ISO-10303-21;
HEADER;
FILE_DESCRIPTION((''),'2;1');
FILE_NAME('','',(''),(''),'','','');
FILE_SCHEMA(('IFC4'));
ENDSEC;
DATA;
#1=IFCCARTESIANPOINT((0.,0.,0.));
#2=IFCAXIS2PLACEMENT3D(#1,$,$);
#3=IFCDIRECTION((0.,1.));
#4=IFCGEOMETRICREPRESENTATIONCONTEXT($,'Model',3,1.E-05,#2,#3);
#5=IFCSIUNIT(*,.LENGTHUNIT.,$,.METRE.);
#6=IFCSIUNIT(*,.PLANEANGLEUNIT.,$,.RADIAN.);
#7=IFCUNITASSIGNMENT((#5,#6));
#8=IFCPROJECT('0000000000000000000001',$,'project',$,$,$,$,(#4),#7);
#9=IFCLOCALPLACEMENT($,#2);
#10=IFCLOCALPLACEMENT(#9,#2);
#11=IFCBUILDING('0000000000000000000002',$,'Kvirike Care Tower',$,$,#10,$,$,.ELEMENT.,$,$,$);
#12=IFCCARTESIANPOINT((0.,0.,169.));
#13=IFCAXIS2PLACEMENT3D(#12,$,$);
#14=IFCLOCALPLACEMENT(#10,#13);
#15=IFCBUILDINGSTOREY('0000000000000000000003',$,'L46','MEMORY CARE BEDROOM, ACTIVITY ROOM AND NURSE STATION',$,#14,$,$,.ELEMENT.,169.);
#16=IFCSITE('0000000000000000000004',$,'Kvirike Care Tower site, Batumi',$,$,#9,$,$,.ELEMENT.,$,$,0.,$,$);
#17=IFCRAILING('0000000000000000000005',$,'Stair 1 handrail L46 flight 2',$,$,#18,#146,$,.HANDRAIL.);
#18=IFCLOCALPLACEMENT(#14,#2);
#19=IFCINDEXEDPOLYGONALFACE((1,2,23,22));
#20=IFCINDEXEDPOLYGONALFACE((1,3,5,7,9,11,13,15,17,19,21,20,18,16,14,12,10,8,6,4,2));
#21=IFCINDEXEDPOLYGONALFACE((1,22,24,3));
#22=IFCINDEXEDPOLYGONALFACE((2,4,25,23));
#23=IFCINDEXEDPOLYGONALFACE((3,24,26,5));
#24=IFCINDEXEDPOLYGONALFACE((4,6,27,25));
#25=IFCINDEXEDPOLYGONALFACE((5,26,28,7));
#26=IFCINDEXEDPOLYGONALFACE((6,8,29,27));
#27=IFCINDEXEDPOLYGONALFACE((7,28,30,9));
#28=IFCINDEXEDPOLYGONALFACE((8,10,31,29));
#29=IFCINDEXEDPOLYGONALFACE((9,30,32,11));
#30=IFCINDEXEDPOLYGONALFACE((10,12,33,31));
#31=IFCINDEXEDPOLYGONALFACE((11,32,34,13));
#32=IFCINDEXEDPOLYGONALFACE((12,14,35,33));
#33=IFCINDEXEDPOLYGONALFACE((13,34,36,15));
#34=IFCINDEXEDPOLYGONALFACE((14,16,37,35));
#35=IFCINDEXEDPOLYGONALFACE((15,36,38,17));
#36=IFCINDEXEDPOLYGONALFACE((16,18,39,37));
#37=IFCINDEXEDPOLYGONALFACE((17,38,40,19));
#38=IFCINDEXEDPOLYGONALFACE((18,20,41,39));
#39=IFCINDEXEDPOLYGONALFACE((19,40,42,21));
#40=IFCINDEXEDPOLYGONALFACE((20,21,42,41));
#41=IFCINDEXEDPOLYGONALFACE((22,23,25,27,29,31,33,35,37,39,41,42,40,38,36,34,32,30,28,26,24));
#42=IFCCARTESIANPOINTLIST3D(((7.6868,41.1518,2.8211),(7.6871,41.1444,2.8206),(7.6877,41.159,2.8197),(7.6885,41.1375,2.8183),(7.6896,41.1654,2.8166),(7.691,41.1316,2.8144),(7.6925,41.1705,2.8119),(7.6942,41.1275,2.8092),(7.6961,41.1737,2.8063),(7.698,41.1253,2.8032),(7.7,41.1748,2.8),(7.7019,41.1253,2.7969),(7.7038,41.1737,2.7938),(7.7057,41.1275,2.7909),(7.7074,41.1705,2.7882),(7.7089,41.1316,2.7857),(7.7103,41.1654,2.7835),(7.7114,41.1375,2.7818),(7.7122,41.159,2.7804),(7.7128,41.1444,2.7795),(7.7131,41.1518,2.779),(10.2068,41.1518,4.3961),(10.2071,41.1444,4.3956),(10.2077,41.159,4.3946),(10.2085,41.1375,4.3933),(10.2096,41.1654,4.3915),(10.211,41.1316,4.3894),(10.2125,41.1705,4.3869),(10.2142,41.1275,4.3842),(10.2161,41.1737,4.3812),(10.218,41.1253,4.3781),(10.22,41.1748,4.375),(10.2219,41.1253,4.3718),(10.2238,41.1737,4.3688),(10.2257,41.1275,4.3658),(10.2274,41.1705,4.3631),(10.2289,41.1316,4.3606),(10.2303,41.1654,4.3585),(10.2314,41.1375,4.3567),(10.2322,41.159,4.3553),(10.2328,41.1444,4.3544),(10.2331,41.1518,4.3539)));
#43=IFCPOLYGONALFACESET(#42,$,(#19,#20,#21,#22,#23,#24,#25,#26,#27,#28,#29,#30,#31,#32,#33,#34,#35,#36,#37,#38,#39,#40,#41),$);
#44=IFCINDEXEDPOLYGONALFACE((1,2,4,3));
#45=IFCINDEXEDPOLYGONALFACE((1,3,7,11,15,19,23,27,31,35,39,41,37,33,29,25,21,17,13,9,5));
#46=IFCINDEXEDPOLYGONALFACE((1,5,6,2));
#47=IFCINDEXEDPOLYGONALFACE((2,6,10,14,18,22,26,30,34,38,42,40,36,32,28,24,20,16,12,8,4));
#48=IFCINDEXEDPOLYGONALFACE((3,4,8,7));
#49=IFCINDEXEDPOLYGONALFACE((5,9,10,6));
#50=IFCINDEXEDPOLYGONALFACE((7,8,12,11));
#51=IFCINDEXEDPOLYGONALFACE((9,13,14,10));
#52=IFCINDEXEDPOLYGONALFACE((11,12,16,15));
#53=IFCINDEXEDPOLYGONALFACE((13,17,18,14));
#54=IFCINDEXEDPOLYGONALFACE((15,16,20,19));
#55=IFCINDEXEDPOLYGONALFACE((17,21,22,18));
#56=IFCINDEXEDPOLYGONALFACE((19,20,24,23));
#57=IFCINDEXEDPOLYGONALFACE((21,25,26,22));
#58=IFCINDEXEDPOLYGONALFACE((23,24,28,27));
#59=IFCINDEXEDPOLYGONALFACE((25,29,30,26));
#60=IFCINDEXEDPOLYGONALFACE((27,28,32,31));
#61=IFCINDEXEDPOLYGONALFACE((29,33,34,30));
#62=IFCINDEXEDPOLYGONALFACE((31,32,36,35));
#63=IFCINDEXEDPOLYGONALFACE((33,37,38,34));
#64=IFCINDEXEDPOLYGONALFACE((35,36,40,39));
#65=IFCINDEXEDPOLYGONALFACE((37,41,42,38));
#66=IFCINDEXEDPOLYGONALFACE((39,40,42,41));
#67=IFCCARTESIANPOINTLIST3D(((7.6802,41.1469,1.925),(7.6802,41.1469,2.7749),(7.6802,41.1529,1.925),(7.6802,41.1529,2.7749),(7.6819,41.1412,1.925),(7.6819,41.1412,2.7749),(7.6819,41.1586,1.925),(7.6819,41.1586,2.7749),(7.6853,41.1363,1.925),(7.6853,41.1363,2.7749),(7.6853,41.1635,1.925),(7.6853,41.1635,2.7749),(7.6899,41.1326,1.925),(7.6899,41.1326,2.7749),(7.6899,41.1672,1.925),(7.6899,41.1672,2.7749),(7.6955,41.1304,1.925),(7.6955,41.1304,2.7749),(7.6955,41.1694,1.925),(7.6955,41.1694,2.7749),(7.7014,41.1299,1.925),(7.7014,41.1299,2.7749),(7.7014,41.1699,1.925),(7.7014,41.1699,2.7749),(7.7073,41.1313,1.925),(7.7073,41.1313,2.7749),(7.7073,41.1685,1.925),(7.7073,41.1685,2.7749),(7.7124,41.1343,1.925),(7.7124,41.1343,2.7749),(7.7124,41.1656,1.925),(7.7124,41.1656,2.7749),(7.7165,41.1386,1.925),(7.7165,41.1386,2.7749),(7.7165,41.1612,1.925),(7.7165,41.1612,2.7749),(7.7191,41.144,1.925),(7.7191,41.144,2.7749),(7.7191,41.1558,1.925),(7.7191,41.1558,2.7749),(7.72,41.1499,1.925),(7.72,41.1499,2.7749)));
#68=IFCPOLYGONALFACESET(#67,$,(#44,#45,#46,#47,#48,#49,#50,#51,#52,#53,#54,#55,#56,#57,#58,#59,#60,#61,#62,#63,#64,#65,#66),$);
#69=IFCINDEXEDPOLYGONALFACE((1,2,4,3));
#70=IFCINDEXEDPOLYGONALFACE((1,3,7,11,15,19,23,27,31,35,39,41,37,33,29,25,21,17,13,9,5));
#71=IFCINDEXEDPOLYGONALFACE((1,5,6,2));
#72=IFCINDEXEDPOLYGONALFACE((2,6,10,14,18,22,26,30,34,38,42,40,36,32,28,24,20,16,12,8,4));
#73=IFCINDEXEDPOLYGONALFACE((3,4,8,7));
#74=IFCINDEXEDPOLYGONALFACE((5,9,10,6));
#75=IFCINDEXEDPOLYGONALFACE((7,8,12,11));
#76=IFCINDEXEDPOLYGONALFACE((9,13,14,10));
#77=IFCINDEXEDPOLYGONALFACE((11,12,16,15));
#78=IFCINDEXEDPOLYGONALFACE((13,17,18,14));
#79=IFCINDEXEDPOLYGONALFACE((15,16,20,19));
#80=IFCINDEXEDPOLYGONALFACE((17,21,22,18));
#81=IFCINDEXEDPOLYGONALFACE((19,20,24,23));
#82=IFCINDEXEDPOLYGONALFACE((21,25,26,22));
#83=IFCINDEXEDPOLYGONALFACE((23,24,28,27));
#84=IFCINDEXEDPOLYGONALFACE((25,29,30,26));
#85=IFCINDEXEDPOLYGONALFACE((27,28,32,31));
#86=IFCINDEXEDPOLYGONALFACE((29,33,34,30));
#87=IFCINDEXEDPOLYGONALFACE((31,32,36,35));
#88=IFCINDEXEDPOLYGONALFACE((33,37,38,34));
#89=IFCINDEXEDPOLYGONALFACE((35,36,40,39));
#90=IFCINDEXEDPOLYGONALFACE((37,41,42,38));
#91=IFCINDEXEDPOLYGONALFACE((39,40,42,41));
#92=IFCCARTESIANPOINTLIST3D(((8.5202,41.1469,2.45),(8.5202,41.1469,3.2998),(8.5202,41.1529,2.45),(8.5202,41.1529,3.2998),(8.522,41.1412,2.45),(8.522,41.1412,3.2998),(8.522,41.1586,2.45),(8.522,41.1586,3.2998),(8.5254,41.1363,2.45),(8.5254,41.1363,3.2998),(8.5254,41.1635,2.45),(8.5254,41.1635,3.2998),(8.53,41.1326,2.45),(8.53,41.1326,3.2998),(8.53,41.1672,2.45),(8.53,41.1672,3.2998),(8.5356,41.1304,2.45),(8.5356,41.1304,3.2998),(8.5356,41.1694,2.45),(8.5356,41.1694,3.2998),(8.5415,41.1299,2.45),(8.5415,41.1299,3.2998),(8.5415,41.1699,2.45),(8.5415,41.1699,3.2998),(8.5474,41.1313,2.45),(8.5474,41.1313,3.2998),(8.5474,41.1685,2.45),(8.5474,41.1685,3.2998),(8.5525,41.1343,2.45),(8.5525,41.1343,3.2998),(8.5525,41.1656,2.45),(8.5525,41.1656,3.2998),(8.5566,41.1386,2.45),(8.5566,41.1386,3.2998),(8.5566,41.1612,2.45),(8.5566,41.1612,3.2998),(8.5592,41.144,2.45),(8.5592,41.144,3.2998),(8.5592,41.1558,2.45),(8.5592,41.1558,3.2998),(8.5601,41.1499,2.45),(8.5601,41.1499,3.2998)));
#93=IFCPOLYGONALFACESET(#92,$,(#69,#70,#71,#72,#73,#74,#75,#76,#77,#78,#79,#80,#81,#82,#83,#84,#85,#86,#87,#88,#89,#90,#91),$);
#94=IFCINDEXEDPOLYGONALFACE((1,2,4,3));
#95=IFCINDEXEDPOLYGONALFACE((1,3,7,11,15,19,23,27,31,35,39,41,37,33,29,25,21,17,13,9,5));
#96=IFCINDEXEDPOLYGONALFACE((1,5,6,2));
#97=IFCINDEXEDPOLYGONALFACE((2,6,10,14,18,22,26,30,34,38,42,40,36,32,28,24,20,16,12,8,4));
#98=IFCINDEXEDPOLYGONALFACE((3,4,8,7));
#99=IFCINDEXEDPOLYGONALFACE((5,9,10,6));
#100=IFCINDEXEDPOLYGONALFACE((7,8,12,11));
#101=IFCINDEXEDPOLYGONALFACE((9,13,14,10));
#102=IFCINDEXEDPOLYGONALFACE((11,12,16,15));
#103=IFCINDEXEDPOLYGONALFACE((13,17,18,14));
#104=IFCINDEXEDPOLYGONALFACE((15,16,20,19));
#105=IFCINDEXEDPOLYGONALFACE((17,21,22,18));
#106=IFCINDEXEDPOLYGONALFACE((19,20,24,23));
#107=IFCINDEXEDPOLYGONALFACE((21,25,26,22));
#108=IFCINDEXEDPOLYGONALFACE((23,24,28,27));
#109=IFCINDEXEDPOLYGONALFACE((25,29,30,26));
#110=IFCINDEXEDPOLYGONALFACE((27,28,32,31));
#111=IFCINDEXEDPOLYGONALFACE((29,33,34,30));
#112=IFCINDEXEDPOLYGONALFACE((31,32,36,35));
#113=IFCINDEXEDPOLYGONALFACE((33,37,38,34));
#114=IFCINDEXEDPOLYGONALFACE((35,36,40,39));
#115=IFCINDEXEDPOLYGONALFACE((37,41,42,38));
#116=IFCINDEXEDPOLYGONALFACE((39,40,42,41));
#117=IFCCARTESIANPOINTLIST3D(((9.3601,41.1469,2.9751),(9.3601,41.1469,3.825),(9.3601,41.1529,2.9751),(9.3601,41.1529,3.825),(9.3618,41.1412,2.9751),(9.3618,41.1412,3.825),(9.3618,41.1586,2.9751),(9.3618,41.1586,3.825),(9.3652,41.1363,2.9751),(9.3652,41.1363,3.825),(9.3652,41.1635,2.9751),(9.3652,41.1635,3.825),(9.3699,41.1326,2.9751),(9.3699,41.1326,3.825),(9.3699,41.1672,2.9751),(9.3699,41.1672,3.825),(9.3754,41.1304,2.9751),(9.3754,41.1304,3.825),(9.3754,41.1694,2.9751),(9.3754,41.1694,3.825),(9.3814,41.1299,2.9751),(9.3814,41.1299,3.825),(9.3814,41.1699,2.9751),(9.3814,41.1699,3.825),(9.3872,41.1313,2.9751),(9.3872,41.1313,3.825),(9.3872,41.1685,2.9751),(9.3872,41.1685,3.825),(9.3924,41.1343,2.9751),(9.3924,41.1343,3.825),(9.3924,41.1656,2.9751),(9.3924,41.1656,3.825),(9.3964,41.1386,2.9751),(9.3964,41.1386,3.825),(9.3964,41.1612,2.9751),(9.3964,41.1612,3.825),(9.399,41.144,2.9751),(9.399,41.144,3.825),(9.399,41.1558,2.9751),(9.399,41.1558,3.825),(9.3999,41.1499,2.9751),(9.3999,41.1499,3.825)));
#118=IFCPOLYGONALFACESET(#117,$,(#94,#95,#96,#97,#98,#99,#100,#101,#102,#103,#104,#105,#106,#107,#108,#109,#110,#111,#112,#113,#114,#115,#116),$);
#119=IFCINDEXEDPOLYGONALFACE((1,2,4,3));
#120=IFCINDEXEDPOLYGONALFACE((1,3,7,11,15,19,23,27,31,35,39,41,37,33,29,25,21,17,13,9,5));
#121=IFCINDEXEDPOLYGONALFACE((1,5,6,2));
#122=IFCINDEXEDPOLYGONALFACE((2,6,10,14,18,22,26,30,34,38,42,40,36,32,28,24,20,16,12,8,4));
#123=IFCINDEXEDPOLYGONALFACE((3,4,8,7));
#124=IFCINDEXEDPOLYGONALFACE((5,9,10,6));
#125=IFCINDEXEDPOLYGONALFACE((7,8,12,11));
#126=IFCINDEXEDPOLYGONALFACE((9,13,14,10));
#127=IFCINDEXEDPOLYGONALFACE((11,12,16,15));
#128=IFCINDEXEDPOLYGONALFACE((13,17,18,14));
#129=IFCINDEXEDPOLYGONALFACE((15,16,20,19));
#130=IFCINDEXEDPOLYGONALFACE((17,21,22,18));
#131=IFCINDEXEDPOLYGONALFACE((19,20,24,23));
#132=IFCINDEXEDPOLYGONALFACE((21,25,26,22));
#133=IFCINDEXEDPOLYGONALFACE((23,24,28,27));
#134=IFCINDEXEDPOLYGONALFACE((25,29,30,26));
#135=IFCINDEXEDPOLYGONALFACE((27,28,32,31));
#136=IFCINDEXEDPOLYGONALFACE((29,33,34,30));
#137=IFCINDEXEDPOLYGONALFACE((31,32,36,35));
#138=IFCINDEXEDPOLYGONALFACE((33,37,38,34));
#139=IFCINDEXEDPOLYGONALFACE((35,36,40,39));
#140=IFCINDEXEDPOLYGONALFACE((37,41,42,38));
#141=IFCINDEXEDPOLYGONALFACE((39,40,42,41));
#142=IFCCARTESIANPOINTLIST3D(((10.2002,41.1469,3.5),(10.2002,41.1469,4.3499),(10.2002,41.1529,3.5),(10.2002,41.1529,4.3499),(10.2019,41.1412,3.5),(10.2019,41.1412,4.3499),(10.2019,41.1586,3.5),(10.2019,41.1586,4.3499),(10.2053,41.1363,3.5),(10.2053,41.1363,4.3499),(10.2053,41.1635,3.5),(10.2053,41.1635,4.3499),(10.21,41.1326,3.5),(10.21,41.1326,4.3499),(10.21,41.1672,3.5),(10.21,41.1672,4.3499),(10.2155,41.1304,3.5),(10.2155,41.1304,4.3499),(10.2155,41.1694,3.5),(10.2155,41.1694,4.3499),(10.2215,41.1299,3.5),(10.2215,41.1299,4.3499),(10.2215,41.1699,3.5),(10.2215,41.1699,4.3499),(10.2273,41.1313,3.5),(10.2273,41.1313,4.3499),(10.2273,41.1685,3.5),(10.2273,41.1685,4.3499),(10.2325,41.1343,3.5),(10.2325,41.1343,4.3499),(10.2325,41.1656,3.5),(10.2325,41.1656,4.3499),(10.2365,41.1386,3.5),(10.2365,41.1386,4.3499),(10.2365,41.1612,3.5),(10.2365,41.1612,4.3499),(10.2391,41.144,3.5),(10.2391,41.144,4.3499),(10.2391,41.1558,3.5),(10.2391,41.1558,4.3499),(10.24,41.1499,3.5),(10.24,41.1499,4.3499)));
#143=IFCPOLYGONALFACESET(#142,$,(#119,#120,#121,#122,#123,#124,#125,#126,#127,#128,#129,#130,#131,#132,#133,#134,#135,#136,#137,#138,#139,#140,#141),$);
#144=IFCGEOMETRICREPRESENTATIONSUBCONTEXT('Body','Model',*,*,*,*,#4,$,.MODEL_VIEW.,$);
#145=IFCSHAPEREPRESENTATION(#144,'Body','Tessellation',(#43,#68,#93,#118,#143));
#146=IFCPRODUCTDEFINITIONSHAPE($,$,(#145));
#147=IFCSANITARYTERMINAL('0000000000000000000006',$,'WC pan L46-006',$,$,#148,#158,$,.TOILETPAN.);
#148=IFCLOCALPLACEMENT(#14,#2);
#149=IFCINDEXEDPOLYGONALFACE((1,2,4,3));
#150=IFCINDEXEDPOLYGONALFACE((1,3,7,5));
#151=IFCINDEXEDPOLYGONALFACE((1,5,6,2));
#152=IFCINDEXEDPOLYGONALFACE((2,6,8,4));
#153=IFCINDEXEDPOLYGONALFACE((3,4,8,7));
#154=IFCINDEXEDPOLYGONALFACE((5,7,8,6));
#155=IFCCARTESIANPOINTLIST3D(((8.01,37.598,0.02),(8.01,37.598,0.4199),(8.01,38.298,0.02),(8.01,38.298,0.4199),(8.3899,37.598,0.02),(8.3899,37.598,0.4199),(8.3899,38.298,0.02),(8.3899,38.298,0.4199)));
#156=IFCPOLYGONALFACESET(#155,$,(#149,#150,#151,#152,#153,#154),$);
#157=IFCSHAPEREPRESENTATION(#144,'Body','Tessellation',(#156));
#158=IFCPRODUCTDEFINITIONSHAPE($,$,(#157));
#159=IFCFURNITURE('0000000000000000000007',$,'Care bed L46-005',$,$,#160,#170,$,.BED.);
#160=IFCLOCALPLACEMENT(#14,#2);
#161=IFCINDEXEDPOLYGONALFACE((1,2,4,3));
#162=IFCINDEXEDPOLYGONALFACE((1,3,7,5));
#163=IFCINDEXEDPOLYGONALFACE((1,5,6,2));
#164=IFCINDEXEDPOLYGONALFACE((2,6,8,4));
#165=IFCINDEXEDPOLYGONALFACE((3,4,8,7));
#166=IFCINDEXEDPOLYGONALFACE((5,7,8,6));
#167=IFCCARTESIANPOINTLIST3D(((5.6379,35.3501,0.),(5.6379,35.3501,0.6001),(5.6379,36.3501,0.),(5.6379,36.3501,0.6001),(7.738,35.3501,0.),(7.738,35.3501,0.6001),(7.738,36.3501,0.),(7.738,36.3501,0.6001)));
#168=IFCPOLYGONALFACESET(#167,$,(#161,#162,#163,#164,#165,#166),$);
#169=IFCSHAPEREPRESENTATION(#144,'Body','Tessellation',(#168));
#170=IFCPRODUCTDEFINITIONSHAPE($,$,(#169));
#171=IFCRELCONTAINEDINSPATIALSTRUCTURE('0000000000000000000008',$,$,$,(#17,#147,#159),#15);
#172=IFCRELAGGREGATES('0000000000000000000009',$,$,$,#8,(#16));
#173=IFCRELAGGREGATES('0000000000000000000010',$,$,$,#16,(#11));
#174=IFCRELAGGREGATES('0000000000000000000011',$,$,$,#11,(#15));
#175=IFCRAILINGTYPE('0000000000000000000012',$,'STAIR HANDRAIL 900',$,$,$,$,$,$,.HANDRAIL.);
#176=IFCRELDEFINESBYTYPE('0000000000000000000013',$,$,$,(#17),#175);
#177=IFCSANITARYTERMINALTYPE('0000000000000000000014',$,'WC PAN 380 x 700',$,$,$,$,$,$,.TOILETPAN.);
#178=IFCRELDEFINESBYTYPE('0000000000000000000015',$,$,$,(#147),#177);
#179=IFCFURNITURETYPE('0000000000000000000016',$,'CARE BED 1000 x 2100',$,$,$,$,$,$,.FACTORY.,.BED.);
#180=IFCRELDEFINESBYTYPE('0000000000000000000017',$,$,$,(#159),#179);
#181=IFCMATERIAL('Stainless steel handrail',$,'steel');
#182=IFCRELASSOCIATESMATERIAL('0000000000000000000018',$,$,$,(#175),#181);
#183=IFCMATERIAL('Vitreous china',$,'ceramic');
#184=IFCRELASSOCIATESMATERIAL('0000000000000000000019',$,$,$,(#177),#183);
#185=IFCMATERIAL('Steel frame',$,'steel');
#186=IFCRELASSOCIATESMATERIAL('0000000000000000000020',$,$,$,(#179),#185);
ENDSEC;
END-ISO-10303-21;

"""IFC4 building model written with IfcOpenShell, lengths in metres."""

from ifc_helpers import new_model, si_unit, direction, frame, origin, origin_2d, place, context, subcontext, project, spatial, rectangle, circle, extrude, material, type_object, element, save


model = new_model("IFC4")

# Units and contexts
model_context = context("Model", 3, precision=1e-05, world=origin(), true_north=direction((0.0, 1.0)))
body_context = subcontext(model_context, "Body", "Model", "MODEL_VIEW")
ifc_project = project(units=[si_unit("LENGTHUNIT", "METRE"), si_unit("PLANEANGLEUNIT", "RADIAN")], contexts=[model_context])

# Site, building, storey
site_placement = place(None, origin())
site = spatial("IfcSite", under=ifc_project, at=site_placement, Name="Kvirike Care Tower site, Batumi", CompositionType="ELEMENT", RefElevation=0.0)
building_placement = place(site_placement, origin())
building = spatial("IfcBuilding", under=site, at=building_placement, Name="Kvirike Care Tower", CompositionType="ELEMENT")
storey_placement = place(building_placement, frame((0.0, 0.0, 169.0)))
storey = spatial("IfcBuildingStorey", under=building, at=storey_placement, Name="L46", Description="MEMORY CARE BEDROOM, ACTIVITY ROOM AND NURSE STATION", CompositionType="ELEMENT", Elevation=169.0)

# Railing
ifc_material_1 = material(Name="Stainless steel handrail", Category="steel")
railing_type = type_object("IfcRailingType", Name="STAIR HANDRAIL 900", PredefinedType="HANDRAIL", material=ifc_material_1)
railing_placement = place(storey_placement, frame((7.7, 41.1499, 1.925)))
element("IfcRailing", 1, at=railing_placement, inside=storey, type_object=railing_type, Name="Stair 1 handrail L46 flight 2", PredefinedType="HANDRAIL", context=body_context, shape_type="SweptSolid", body=[
    extrude(circle(Radius=0.0249, at=origin_2d()), frame((0.0, 0.0, 0.875), z_axis=(0.848008, 0.0, 0.529984), x_axis=(0.0, 1.0, 0.0)), (0.0, 0.0, 1.0), 2.9717),
    extrude(circle(Radius=0.02, at=origin_2d()), origin(), (0.0, 0.0, 1.0), 0.8499),
    extrude(circle(Radius=0.02, at=origin_2d()), frame((0.8401, 0.0, 0.5249)), (0.0, 0.0, 1.0), 0.8499),
    extrude(circle(Radius=0.02, at=origin_2d()), frame((1.6799, 0.0, 1.05)), (0.0, 0.0, 1.0), 0.8499),
    extrude(circle(Radius=0.02, at=origin_2d()), frame((2.52, 0.0, 1.575)), (0.0, 0.0, 1.0), 0.8499),
])

# Sanitary terminal
ifc_material_2 = material(Name="Vitreous china", Category="ceramic")
sanitary_terminal_type = type_object("IfcSanitaryTerminalType", Name="WC PAN 380 x 700", PredefinedType="TOILETPAN", material=ifc_material_2)
sanitary_terminal_placement = place(storey_placement, frame((8.2, 37.948, 0.02), z_axis=(0.0, 0.0, 1.0), x_axis=(1.0, 0.0, 0.0)))
element("IfcSanitaryTerminal", 2, at=sanitary_terminal_placement, inside=storey, type_object=sanitary_terminal_type, Name="WC pan L46-006", PredefinedType="TOILETPAN", context=body_context, shape_type="SweptSolid", body=[
    extrude(rectangle(XDim=0.3799, YDim=0.7, at=origin_2d()), origin(), (0.0, 0.0, 1.0), 0.3999),
])

# Furniture
ifc_material_3 = material(Name="Steel frame", Category="steel")
furniture_type = type_object("IfcFurnitureType", Name="CARE BED 1000 x 2100", AssemblyPlace="FACTORY", PredefinedType="BED", material=ifc_material_3)
furniture_placement = place(storey_placement, frame((6.688, 35.8501, 0.0), z_axis=(0.0, 0.0, 1.0), x_axis=(0.0, -1.0, 0.0)))
element("IfcFurniture", 3, at=furniture_placement, inside=storey, type_object=furniture_type, Name="Care bed L46-005", PredefinedType="BED", context=body_context, shape_type="SweptSolid", body=[
    extrude(rectangle(XDim=1.0, YDim=2.1001, at=origin_2d()), origin(), (0.0, 0.0, 1.0), 0.6001),
])

save(model, "model.ifc")
